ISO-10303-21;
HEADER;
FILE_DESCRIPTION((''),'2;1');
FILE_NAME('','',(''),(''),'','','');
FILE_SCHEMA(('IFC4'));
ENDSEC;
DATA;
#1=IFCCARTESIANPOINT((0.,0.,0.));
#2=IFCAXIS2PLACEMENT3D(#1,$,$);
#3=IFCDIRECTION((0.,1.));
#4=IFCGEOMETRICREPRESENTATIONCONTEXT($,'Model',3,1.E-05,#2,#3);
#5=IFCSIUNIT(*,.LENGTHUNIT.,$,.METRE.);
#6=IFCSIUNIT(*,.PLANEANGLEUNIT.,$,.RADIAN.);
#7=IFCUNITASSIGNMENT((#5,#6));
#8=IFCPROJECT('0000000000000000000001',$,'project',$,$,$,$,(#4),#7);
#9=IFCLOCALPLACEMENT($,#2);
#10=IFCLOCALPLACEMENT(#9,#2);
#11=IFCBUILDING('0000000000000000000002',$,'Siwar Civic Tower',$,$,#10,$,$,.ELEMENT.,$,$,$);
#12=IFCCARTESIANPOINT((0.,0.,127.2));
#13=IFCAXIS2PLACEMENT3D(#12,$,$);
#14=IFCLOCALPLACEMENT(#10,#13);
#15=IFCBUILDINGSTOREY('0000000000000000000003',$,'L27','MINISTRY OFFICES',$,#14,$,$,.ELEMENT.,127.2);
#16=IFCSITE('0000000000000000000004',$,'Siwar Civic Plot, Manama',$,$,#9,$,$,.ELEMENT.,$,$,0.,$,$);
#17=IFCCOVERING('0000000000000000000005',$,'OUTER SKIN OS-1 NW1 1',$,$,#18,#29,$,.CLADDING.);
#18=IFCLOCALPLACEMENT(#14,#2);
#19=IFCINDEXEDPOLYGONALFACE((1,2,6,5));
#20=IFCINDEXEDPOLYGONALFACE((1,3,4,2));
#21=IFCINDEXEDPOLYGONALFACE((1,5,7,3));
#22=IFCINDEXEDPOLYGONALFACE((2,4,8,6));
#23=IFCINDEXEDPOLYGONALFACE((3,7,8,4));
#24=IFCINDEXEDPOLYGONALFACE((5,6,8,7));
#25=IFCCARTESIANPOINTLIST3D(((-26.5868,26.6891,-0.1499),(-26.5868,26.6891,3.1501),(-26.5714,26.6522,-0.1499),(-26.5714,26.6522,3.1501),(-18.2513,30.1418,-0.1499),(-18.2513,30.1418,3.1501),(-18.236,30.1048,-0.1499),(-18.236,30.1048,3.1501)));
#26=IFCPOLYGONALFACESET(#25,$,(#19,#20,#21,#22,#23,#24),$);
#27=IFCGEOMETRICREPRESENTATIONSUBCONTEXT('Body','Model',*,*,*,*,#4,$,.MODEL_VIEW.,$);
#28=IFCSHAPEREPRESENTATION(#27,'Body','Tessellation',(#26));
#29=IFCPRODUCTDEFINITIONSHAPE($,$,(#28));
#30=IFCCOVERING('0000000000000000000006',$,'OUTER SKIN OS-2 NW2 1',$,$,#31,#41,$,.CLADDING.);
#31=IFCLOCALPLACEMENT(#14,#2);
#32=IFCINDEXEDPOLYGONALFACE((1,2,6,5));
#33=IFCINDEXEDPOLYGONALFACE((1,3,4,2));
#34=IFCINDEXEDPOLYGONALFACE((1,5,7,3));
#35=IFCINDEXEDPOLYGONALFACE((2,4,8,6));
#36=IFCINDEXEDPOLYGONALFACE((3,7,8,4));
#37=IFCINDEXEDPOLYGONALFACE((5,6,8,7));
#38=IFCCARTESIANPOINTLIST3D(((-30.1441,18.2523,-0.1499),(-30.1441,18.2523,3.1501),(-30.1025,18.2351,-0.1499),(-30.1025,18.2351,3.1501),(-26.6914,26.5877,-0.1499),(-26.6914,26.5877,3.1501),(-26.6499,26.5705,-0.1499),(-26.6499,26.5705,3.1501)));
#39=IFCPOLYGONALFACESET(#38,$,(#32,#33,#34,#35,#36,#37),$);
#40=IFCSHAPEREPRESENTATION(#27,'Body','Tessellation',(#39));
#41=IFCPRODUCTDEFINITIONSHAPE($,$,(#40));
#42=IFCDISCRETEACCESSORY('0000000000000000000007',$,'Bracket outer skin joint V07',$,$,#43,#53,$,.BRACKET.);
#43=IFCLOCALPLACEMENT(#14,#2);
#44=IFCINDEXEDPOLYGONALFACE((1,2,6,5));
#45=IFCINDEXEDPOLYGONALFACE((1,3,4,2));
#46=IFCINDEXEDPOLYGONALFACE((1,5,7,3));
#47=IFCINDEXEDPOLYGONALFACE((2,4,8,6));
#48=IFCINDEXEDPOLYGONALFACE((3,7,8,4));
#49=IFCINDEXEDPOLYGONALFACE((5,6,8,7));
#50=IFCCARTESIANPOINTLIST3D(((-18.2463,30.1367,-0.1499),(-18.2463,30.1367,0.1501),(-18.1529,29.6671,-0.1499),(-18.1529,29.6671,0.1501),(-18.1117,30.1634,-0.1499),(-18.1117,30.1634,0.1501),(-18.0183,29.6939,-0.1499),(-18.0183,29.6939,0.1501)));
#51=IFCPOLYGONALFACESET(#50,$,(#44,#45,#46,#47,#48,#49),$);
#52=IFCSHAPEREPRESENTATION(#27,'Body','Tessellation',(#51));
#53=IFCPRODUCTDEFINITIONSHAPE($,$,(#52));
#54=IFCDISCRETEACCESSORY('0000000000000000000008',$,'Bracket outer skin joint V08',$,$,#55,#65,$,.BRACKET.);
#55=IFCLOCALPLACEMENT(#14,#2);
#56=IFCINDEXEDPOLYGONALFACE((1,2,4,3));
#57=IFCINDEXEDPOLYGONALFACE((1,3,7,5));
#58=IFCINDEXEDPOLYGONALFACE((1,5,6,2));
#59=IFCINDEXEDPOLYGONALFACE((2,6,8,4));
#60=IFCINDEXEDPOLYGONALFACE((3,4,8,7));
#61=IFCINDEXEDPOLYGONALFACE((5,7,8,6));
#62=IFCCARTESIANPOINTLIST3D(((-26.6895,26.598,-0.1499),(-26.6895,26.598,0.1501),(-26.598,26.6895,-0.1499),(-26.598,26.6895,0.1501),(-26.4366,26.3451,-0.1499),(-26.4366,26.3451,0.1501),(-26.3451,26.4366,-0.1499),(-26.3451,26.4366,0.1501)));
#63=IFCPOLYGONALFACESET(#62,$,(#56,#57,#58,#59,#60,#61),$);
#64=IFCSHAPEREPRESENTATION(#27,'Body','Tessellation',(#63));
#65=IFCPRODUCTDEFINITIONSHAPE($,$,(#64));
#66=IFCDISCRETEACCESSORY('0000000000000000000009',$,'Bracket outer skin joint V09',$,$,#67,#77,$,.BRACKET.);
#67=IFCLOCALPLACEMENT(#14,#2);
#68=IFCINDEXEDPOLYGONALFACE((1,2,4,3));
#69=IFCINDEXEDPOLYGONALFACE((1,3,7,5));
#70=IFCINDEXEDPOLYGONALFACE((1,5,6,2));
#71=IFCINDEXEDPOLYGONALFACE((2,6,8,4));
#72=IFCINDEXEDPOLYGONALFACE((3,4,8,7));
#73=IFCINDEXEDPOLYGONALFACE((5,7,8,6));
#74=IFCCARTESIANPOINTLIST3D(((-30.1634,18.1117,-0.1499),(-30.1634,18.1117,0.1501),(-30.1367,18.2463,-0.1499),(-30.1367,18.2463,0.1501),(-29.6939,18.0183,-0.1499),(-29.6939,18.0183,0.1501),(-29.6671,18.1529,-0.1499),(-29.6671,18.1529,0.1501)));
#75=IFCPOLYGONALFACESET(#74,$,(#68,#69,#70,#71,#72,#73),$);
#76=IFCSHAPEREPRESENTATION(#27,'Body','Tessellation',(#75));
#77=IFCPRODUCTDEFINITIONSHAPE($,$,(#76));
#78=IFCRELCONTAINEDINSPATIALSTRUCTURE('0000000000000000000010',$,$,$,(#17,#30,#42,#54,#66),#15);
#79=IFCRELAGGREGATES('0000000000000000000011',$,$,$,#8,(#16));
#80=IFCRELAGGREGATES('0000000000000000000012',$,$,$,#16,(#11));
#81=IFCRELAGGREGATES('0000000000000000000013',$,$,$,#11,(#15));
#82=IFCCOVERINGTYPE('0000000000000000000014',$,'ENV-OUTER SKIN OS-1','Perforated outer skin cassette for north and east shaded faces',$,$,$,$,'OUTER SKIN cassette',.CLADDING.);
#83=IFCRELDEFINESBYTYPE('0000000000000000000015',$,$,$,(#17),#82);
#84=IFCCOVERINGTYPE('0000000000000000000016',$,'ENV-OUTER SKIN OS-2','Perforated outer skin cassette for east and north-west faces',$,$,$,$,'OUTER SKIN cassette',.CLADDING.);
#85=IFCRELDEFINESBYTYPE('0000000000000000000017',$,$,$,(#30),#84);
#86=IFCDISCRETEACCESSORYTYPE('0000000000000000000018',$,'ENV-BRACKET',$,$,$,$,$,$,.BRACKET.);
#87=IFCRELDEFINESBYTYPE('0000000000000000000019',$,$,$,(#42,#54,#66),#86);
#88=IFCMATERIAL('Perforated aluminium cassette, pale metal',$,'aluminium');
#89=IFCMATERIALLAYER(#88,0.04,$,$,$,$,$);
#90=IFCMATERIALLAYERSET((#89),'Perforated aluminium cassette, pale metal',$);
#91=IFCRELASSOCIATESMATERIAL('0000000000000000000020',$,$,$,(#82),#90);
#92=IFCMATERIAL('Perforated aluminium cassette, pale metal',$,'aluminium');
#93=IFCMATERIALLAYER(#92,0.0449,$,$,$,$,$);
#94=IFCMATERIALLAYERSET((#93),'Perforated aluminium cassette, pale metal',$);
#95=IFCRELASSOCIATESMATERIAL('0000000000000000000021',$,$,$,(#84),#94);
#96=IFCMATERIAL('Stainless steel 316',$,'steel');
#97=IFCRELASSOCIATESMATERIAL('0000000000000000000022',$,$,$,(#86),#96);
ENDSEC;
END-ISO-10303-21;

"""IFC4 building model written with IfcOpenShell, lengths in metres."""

from ifc_helpers import new_model, si_unit, direction, frame, origin, origin_2d, place, context, subcontext, project, spatial, rectangle, extrude, material, layer, layer_set, type_object, element, save


model = new_model("IFC4")

# Units and contexts
model_context = context("Model", 3, precision=1e-05, world=origin(), true_north=direction((0.0, 1.0)))
body_context = subcontext(model_context, "Body", "Model", "MODEL_VIEW")
ifc_project = project(units=[si_unit("LENGTHUNIT", "METRE"), si_unit("PLANEANGLEUNIT", "RADIAN")], contexts=[model_context])

# Site, building, storey
site_placement = place(None, origin())
site = spatial("IfcSite", under=ifc_project, at=site_placement, Name="Siwar Civic Plot, Manama", CompositionType="ELEMENT", RefElevation=0.0)
building_placement = place(site_placement, origin())
building = spatial("IfcBuilding", under=site, at=building_placement, Name="Siwar Civic Tower", CompositionType="ELEMENT")
storey_placement = place(building_placement, frame((0.0, 0.0, 127.2)))
storey = spatial("IfcBuildingStorey", under=building, at=storey_placement, Name="L27", Description="MINISTRY OFFICES", CompositionType="ELEMENT", Elevation=127.2)

# Coverings
ifc_material_1 = material(Name="Perforated aluminium cassette, pale metal", Category="aluminium")
ifc_layer_1 = layer(ifc_material_1, 0.04)
ifc_layer_set_1 = layer_set([ifc_layer_1], Name="Perforated aluminium cassette, pale metal")
covering_type_1 = type_object("IfcCoveringType", Name="ENV-OUTER SKIN OS-1", Description="Perforated outer skin cassette for north and east shaded faces", ElementType="OUTER SKIN cassette", PredefinedType="CLADDING", material=ifc_layer_set_1)
covering_1_placement = place(storey_placement, frame((-22.4114, 28.397, -0.1499), z_axis=(0.0, 0.0, 1.0), x_axis=(-0.92388, -0.382683, 0.0)))
element("IfcCovering", 1, at=covering_1_placement, inside=storey, type_object=covering_type_1, Name="OUTER SKIN OS-1 NW1 1", PredefinedType="CLADDING", context=body_context, shape_type="SweptSolid", body=[
    extrude(rectangle(XDim=9.0222, YDim=0.04, at=origin_2d()), origin(), (0.0, 0.0, 1.0), 3.3),
])
ifc_material_2 = material(Name="Perforated aluminium cassette, pale metal", Category="aluminium")
ifc_layer_2 = layer(ifc_material_2, 0.0449)
ifc_layer_set_2 = layer_set([ifc_layer_2], Name="Perforated aluminium cassette, pale metal")
covering_type_2 = type_object("IfcCoveringType", Name="ENV-OUTER SKIN OS-2", Description="Perforated outer skin cassette for east and north-west faces", ElementType="OUTER SKIN cassette", PredefinedType="CLADDING", material=ifc_layer_set_2)
covering_2_placement = place(storey_placement, frame((-28.397, 22.4114, -0.1499), z_axis=(0.0, 0.0, 1.0), x_axis=(-0.382683, -0.92388, 0.0)))
element("IfcCovering", 2, at=covering_2_placement, inside=storey, type_object=covering_type_2, Name="OUTER SKIN OS-2 NW2 1", PredefinedType="CLADDING", context=body_context, shape_type="SweptSolid", body=[
    extrude(rectangle(XDim=9.0222, YDim=0.0449, at=origin_2d()), origin(), (0.0, 0.0, 1.0), 3.3),
])

# Discrete accessories
ifc_material_3 = material(Name="Stainless steel 316", Category="steel")
discrete_accessory_type = type_object("IfcDiscreteAccessoryType", Name="ENV-BRACKET", PredefinedType="BRACKET", material=ifc_material_3)
discrete_accessory_1_placement = place(storey_placement, frame((-18.1323, 29.9153, -0.1499), z_axis=(0.0, 0.0, 1.0), x_axis=(-0.19509, 0.980785, 0.0)))
element("IfcDiscreteAccessory", 3, at=discrete_accessory_1_placement, inside=storey, type_object=discrete_accessory_type, Name="Bracket outer skin joint V07", PredefinedType="BRACKET", context=body_context, shape_type="SweptSolid", body=[
    extrude(rectangle(XDim=0.4788, YDim=0.1372, at=origin_2d()), origin(), (0.0, 0.0, 1.0), 0.3),
])
discrete_accessory_2_placement = place(storey_placement, frame((-26.5173, 26.5173, -0.1499), z_axis=(0.0, 0.0, 1.0), x_axis=(-0.707107, 0.707107, 0.0)))
element("IfcDiscreteAccessory", 4, at=discrete_accessory_2_placement, inside=storey, type_object=discrete_accessory_type, Name="Bracket outer skin joint V08", PredefinedType="BRACKET", context=body_context, shape_type="SweptSolid", body=[
    extrude(rectangle(XDim=0.3577, YDim=0.1294, at=origin_2d()), origin(), (0.0, 0.0, 1.0), 0.3),
])
discrete_accessory_3_placement = place(storey_placement, frame((-29.9153, 18.1323, -0.1499), z_axis=(0.0, 0.0, 1.0), x_axis=(-0.980785, 0.19509, 0.0)))
element("IfcDiscreteAccessory", 5, at=discrete_accessory_3_placement, inside=storey, type_object=discrete_accessory_type, Name="Bracket outer skin joint V09", PredefinedType="BRACKET", context=body_context, shape_type="SweptSolid", body=[
    extrude(rectangle(XDim=0.4788, YDim=0.1372, at=origin_2d()), origin(), (0.0, 0.0, 1.0), 0.3),
])

save(model, "model.ifc")
